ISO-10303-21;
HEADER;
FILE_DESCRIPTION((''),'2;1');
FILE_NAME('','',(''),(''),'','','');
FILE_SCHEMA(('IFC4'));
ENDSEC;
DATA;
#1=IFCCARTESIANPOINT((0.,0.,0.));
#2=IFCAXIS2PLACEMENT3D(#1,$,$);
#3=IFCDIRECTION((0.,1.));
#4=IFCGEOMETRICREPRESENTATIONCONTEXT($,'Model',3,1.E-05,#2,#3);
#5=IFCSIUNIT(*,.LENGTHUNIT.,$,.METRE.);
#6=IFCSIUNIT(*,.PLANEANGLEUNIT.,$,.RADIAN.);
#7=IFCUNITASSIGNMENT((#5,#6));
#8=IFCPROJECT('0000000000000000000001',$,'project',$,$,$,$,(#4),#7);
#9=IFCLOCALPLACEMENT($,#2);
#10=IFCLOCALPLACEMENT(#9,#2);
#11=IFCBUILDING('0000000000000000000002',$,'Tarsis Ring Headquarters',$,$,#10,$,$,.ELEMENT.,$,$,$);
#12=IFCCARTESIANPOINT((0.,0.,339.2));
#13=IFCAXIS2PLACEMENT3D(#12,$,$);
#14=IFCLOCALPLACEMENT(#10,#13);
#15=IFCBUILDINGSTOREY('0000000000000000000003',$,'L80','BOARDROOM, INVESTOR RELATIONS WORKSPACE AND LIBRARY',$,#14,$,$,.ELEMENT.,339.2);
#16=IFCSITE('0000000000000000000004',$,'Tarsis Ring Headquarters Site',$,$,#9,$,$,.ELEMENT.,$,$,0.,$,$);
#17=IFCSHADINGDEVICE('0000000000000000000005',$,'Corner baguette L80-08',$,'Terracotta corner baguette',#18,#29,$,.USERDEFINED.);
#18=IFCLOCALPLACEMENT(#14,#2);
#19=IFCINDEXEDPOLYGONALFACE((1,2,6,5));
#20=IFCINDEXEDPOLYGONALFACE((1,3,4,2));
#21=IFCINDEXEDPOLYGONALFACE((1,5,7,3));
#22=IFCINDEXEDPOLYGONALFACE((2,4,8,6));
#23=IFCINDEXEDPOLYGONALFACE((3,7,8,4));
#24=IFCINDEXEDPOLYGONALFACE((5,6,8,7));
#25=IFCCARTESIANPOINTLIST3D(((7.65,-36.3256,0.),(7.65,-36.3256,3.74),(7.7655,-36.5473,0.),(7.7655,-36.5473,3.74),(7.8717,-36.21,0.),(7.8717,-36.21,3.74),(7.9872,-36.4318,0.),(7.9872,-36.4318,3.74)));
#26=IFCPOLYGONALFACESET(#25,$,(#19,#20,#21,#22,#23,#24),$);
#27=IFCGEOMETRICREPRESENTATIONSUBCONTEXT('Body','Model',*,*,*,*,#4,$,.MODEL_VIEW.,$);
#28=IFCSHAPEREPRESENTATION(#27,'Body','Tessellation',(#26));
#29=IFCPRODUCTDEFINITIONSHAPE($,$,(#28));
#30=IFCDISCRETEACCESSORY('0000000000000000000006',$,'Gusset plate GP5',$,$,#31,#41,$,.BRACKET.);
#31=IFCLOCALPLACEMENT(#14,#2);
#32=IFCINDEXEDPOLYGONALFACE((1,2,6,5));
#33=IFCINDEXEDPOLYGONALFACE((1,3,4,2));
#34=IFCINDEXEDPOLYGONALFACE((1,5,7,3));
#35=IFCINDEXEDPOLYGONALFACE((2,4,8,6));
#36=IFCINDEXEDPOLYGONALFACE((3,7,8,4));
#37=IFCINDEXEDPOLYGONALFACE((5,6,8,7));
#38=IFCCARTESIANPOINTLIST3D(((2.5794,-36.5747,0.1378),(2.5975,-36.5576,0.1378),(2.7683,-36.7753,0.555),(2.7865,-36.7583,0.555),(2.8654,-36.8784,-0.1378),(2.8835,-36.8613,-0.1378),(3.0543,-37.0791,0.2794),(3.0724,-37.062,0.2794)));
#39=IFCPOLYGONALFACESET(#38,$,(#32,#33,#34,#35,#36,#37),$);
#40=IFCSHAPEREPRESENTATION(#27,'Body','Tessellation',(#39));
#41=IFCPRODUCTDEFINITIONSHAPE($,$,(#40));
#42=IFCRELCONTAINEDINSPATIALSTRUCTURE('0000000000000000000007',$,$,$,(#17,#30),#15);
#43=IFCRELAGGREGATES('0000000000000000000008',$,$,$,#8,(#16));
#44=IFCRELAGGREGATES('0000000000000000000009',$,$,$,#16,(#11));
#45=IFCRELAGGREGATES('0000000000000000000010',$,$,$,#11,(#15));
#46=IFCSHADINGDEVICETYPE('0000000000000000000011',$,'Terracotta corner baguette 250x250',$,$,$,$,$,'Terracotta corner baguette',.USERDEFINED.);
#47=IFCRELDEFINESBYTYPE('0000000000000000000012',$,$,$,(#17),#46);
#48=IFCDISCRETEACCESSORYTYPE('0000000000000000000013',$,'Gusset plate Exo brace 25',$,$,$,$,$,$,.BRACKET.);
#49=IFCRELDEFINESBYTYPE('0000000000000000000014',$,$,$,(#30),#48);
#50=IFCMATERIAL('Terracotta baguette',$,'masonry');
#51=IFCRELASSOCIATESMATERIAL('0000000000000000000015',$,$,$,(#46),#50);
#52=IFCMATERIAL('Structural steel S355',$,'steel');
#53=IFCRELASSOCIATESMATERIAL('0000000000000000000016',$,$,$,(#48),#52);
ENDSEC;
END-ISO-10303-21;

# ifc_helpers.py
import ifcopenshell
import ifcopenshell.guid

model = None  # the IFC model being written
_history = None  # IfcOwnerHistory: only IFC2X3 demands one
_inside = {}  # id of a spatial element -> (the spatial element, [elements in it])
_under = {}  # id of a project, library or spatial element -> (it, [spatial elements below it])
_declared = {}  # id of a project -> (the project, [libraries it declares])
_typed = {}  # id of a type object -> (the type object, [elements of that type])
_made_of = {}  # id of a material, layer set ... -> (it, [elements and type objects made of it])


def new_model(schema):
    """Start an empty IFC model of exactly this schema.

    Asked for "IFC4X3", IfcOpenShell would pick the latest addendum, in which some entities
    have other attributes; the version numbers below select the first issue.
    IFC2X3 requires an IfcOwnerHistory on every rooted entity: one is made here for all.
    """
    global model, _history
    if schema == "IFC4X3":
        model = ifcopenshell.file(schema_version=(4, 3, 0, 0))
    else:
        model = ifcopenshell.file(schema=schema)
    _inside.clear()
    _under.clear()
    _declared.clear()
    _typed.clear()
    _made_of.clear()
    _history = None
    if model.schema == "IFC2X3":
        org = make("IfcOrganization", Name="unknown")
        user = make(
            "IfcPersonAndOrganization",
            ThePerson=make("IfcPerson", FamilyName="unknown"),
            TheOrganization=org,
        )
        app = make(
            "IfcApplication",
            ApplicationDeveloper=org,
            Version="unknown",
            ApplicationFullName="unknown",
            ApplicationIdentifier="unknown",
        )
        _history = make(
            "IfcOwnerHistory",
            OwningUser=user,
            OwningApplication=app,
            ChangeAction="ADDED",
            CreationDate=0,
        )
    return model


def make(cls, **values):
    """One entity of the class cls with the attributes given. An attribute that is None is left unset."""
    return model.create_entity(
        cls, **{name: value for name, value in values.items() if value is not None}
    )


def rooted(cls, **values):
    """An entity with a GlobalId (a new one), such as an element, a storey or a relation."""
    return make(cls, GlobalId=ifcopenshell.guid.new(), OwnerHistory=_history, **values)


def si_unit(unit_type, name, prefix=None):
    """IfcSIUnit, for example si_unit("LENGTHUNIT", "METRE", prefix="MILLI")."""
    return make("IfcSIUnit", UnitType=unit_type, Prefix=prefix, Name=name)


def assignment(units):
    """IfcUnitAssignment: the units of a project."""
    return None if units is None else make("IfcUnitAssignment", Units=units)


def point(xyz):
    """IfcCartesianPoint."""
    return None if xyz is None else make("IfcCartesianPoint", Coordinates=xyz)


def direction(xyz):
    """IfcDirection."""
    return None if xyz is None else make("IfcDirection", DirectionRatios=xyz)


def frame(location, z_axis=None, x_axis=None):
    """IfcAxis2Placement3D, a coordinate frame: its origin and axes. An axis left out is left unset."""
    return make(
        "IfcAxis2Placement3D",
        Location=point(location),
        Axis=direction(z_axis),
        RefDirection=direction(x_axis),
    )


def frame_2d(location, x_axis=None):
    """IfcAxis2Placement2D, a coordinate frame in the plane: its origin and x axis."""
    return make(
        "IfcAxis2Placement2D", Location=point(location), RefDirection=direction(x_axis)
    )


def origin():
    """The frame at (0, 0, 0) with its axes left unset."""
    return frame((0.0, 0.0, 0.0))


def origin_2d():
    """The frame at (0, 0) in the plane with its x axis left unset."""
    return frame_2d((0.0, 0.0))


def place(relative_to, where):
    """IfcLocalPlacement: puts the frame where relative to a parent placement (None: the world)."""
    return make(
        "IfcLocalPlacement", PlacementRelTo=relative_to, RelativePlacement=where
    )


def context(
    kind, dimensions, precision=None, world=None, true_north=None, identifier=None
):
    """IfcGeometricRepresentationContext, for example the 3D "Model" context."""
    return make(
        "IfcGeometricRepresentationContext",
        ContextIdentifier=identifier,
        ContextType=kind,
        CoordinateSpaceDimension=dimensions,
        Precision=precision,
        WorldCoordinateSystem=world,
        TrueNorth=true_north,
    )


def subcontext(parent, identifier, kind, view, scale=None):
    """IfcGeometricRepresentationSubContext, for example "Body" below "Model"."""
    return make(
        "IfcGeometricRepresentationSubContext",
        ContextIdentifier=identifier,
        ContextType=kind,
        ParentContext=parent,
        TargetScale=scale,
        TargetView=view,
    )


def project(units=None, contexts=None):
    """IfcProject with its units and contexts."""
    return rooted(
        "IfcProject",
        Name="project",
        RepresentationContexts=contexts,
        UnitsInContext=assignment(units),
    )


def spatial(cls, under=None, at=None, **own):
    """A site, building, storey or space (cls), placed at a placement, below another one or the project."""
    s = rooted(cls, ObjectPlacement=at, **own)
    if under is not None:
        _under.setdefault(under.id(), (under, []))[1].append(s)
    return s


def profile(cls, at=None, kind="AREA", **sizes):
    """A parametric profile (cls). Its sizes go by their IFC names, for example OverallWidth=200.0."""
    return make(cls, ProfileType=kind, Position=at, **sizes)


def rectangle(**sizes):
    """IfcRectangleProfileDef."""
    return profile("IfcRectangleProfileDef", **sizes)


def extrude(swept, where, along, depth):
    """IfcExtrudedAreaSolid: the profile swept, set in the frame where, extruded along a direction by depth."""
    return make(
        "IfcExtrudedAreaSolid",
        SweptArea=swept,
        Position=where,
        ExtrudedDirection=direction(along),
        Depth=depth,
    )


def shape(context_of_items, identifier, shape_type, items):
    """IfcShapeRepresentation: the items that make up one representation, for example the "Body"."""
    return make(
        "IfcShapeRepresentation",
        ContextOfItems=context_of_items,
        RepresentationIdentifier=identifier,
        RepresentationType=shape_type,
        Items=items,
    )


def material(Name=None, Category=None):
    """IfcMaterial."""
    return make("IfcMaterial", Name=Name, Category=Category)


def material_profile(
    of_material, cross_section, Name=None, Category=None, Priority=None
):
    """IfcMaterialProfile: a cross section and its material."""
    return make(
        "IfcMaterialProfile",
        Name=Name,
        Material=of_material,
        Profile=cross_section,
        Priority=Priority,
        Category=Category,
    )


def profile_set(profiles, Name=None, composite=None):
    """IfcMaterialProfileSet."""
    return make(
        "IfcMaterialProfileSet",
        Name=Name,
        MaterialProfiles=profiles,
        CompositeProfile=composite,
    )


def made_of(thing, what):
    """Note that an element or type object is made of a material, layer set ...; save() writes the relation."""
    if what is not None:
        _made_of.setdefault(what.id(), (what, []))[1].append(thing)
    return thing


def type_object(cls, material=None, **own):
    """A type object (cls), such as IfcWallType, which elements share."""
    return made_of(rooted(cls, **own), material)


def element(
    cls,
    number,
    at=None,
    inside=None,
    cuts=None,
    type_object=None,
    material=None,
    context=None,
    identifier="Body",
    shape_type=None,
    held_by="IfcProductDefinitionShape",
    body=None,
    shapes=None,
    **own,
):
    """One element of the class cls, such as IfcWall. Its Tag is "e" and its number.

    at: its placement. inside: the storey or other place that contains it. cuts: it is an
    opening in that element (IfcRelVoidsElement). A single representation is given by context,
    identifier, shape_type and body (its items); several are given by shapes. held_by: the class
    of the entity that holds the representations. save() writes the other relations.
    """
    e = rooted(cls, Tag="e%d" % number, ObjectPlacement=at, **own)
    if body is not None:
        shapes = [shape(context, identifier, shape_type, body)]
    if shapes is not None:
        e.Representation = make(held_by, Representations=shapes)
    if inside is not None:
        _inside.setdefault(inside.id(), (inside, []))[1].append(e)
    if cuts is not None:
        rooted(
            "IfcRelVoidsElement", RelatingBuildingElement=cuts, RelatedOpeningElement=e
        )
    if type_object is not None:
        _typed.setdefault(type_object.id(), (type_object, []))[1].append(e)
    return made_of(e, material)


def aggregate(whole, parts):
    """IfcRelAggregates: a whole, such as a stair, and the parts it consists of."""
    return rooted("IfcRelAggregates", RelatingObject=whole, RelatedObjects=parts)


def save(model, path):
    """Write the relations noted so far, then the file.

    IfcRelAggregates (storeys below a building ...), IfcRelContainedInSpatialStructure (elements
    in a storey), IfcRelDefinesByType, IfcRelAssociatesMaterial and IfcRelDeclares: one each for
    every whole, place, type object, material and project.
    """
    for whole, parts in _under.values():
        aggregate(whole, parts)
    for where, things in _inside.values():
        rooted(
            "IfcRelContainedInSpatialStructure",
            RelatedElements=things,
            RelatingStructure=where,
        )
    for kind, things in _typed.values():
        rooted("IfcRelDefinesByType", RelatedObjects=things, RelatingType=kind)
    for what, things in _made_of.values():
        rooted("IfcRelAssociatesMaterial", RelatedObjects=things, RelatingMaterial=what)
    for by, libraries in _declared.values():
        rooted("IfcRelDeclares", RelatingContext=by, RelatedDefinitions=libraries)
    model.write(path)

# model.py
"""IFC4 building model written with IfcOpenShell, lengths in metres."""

from ifc_helpers import new_model, si_unit, direction, frame, origin, origin_2d, place, context, subcontext, project, spatial, rectangle, extrude, material, material_profile, profile_set, type_object, element, save


model = new_model("IFC4")

# Units and contexts
model_context = context("Model", 3, precision=1e-05, world=origin(), true_north=direction((0.0, 1.0)))
body_context = subcontext(model_context, "Body", "Model", "MODEL_VIEW")
ifc_project = project(units=[si_unit("LENGTHUNIT", "METRE"), si_unit("PLANEANGLEUNIT", "RADIAN")], contexts=[model_context])

# Site, building, storey
site_placement = place(None, origin())
site = spatial("IfcSite", under=ifc_project, at=site_placement, Name="Tarsis Ring Headquarters Site", CompositionType="ELEMENT", RefElevation=0.0)
building_placement = place(site_placement, origin())
building = spatial("IfcBuilding", under=site, at=building_placement, Name="Tarsis Ring Headquarters", CompositionType="ELEMENT")
storey_placement = place(building_placement, frame((0.0, 0.0, 339.2)))
storey = spatial("IfcBuildingStorey", under=building, at=storey_placement, Name="L80", Description="BOARDROOM, INVESTOR RELATIONS WORKSPACE AND LIBRARY", CompositionType="ELEMENT", Elevation=339.2)

# Shared definitions
ifc_material_1 = material(Name="Structural steel S355", Category="steel")

# Shading device
ifc_material_2 = material(Name="Terracotta baguette", Category="masonry")
shading_device_type = type_object("IfcShadingDeviceType", Name="Terracotta corner baguette 250x250", ElementType="Terracotta corner baguette", PredefinedType="USERDEFINED", material=ifc_material_2)
shading_device_placement = place(storey_placement, frame((7.8186, -36.3787, 0.0), z_axis=(0.0, 0.0, 1.0), x_axis=(0.88685, 0.462058, 0.0)))
element("IfcShadingDevice", 1, at=shading_device_placement, inside=storey, type_object=shading_device_type, Name="Corner baguette L80-08", ObjectType="Terracotta corner baguette", PredefinedType="USERDEFINED", context=body_context, shape_type="SweptSolid", body=[
    extrude(rectangle(XDim=0.25, YDim=0.25, at=origin_2d()), origin(), (0.0, 0.0, 1.0), 3.74),
])

# Discrete accessory
ifc_material_profile_1 = material_profile(ifc_material_1, rectangle(XDim=0.0249, YDim=0.5, at=origin_2d()), Name="PL 25x500")
ifc_profile_set_1 = profile_set([ifc_material_profile_1], Name="Structural steel S355")
discrete_accessory_type = type_object("IfcDiscreteAccessoryType", Name="Gusset plate Exo brace 25", PredefinedType="BRACKET", material=ifc_profile_set_1)
discrete_accessory_placement = place(storey_placement, frame((2.7314, -36.718, 0.0), z_axis=(0.377878, -0.401313, 0.83436), x_axis=(0.728044, 0.68553, 0.0)))
element("IfcDiscreteAccessory", 2, at=discrete_accessory_placement, inside=storey, type_object=discrete_accessory_type, Name="Gusset plate GP5", PredefinedType="BRACKET", context=body_context, shape_type="SweptSolid", body=[
    extrude(rectangle(XDim=0.0249, YDim=0.5, at=origin_2d()), origin(), (0.0, 0.0, 1.0), 0.5),
])

save(model, "model.ifc")
